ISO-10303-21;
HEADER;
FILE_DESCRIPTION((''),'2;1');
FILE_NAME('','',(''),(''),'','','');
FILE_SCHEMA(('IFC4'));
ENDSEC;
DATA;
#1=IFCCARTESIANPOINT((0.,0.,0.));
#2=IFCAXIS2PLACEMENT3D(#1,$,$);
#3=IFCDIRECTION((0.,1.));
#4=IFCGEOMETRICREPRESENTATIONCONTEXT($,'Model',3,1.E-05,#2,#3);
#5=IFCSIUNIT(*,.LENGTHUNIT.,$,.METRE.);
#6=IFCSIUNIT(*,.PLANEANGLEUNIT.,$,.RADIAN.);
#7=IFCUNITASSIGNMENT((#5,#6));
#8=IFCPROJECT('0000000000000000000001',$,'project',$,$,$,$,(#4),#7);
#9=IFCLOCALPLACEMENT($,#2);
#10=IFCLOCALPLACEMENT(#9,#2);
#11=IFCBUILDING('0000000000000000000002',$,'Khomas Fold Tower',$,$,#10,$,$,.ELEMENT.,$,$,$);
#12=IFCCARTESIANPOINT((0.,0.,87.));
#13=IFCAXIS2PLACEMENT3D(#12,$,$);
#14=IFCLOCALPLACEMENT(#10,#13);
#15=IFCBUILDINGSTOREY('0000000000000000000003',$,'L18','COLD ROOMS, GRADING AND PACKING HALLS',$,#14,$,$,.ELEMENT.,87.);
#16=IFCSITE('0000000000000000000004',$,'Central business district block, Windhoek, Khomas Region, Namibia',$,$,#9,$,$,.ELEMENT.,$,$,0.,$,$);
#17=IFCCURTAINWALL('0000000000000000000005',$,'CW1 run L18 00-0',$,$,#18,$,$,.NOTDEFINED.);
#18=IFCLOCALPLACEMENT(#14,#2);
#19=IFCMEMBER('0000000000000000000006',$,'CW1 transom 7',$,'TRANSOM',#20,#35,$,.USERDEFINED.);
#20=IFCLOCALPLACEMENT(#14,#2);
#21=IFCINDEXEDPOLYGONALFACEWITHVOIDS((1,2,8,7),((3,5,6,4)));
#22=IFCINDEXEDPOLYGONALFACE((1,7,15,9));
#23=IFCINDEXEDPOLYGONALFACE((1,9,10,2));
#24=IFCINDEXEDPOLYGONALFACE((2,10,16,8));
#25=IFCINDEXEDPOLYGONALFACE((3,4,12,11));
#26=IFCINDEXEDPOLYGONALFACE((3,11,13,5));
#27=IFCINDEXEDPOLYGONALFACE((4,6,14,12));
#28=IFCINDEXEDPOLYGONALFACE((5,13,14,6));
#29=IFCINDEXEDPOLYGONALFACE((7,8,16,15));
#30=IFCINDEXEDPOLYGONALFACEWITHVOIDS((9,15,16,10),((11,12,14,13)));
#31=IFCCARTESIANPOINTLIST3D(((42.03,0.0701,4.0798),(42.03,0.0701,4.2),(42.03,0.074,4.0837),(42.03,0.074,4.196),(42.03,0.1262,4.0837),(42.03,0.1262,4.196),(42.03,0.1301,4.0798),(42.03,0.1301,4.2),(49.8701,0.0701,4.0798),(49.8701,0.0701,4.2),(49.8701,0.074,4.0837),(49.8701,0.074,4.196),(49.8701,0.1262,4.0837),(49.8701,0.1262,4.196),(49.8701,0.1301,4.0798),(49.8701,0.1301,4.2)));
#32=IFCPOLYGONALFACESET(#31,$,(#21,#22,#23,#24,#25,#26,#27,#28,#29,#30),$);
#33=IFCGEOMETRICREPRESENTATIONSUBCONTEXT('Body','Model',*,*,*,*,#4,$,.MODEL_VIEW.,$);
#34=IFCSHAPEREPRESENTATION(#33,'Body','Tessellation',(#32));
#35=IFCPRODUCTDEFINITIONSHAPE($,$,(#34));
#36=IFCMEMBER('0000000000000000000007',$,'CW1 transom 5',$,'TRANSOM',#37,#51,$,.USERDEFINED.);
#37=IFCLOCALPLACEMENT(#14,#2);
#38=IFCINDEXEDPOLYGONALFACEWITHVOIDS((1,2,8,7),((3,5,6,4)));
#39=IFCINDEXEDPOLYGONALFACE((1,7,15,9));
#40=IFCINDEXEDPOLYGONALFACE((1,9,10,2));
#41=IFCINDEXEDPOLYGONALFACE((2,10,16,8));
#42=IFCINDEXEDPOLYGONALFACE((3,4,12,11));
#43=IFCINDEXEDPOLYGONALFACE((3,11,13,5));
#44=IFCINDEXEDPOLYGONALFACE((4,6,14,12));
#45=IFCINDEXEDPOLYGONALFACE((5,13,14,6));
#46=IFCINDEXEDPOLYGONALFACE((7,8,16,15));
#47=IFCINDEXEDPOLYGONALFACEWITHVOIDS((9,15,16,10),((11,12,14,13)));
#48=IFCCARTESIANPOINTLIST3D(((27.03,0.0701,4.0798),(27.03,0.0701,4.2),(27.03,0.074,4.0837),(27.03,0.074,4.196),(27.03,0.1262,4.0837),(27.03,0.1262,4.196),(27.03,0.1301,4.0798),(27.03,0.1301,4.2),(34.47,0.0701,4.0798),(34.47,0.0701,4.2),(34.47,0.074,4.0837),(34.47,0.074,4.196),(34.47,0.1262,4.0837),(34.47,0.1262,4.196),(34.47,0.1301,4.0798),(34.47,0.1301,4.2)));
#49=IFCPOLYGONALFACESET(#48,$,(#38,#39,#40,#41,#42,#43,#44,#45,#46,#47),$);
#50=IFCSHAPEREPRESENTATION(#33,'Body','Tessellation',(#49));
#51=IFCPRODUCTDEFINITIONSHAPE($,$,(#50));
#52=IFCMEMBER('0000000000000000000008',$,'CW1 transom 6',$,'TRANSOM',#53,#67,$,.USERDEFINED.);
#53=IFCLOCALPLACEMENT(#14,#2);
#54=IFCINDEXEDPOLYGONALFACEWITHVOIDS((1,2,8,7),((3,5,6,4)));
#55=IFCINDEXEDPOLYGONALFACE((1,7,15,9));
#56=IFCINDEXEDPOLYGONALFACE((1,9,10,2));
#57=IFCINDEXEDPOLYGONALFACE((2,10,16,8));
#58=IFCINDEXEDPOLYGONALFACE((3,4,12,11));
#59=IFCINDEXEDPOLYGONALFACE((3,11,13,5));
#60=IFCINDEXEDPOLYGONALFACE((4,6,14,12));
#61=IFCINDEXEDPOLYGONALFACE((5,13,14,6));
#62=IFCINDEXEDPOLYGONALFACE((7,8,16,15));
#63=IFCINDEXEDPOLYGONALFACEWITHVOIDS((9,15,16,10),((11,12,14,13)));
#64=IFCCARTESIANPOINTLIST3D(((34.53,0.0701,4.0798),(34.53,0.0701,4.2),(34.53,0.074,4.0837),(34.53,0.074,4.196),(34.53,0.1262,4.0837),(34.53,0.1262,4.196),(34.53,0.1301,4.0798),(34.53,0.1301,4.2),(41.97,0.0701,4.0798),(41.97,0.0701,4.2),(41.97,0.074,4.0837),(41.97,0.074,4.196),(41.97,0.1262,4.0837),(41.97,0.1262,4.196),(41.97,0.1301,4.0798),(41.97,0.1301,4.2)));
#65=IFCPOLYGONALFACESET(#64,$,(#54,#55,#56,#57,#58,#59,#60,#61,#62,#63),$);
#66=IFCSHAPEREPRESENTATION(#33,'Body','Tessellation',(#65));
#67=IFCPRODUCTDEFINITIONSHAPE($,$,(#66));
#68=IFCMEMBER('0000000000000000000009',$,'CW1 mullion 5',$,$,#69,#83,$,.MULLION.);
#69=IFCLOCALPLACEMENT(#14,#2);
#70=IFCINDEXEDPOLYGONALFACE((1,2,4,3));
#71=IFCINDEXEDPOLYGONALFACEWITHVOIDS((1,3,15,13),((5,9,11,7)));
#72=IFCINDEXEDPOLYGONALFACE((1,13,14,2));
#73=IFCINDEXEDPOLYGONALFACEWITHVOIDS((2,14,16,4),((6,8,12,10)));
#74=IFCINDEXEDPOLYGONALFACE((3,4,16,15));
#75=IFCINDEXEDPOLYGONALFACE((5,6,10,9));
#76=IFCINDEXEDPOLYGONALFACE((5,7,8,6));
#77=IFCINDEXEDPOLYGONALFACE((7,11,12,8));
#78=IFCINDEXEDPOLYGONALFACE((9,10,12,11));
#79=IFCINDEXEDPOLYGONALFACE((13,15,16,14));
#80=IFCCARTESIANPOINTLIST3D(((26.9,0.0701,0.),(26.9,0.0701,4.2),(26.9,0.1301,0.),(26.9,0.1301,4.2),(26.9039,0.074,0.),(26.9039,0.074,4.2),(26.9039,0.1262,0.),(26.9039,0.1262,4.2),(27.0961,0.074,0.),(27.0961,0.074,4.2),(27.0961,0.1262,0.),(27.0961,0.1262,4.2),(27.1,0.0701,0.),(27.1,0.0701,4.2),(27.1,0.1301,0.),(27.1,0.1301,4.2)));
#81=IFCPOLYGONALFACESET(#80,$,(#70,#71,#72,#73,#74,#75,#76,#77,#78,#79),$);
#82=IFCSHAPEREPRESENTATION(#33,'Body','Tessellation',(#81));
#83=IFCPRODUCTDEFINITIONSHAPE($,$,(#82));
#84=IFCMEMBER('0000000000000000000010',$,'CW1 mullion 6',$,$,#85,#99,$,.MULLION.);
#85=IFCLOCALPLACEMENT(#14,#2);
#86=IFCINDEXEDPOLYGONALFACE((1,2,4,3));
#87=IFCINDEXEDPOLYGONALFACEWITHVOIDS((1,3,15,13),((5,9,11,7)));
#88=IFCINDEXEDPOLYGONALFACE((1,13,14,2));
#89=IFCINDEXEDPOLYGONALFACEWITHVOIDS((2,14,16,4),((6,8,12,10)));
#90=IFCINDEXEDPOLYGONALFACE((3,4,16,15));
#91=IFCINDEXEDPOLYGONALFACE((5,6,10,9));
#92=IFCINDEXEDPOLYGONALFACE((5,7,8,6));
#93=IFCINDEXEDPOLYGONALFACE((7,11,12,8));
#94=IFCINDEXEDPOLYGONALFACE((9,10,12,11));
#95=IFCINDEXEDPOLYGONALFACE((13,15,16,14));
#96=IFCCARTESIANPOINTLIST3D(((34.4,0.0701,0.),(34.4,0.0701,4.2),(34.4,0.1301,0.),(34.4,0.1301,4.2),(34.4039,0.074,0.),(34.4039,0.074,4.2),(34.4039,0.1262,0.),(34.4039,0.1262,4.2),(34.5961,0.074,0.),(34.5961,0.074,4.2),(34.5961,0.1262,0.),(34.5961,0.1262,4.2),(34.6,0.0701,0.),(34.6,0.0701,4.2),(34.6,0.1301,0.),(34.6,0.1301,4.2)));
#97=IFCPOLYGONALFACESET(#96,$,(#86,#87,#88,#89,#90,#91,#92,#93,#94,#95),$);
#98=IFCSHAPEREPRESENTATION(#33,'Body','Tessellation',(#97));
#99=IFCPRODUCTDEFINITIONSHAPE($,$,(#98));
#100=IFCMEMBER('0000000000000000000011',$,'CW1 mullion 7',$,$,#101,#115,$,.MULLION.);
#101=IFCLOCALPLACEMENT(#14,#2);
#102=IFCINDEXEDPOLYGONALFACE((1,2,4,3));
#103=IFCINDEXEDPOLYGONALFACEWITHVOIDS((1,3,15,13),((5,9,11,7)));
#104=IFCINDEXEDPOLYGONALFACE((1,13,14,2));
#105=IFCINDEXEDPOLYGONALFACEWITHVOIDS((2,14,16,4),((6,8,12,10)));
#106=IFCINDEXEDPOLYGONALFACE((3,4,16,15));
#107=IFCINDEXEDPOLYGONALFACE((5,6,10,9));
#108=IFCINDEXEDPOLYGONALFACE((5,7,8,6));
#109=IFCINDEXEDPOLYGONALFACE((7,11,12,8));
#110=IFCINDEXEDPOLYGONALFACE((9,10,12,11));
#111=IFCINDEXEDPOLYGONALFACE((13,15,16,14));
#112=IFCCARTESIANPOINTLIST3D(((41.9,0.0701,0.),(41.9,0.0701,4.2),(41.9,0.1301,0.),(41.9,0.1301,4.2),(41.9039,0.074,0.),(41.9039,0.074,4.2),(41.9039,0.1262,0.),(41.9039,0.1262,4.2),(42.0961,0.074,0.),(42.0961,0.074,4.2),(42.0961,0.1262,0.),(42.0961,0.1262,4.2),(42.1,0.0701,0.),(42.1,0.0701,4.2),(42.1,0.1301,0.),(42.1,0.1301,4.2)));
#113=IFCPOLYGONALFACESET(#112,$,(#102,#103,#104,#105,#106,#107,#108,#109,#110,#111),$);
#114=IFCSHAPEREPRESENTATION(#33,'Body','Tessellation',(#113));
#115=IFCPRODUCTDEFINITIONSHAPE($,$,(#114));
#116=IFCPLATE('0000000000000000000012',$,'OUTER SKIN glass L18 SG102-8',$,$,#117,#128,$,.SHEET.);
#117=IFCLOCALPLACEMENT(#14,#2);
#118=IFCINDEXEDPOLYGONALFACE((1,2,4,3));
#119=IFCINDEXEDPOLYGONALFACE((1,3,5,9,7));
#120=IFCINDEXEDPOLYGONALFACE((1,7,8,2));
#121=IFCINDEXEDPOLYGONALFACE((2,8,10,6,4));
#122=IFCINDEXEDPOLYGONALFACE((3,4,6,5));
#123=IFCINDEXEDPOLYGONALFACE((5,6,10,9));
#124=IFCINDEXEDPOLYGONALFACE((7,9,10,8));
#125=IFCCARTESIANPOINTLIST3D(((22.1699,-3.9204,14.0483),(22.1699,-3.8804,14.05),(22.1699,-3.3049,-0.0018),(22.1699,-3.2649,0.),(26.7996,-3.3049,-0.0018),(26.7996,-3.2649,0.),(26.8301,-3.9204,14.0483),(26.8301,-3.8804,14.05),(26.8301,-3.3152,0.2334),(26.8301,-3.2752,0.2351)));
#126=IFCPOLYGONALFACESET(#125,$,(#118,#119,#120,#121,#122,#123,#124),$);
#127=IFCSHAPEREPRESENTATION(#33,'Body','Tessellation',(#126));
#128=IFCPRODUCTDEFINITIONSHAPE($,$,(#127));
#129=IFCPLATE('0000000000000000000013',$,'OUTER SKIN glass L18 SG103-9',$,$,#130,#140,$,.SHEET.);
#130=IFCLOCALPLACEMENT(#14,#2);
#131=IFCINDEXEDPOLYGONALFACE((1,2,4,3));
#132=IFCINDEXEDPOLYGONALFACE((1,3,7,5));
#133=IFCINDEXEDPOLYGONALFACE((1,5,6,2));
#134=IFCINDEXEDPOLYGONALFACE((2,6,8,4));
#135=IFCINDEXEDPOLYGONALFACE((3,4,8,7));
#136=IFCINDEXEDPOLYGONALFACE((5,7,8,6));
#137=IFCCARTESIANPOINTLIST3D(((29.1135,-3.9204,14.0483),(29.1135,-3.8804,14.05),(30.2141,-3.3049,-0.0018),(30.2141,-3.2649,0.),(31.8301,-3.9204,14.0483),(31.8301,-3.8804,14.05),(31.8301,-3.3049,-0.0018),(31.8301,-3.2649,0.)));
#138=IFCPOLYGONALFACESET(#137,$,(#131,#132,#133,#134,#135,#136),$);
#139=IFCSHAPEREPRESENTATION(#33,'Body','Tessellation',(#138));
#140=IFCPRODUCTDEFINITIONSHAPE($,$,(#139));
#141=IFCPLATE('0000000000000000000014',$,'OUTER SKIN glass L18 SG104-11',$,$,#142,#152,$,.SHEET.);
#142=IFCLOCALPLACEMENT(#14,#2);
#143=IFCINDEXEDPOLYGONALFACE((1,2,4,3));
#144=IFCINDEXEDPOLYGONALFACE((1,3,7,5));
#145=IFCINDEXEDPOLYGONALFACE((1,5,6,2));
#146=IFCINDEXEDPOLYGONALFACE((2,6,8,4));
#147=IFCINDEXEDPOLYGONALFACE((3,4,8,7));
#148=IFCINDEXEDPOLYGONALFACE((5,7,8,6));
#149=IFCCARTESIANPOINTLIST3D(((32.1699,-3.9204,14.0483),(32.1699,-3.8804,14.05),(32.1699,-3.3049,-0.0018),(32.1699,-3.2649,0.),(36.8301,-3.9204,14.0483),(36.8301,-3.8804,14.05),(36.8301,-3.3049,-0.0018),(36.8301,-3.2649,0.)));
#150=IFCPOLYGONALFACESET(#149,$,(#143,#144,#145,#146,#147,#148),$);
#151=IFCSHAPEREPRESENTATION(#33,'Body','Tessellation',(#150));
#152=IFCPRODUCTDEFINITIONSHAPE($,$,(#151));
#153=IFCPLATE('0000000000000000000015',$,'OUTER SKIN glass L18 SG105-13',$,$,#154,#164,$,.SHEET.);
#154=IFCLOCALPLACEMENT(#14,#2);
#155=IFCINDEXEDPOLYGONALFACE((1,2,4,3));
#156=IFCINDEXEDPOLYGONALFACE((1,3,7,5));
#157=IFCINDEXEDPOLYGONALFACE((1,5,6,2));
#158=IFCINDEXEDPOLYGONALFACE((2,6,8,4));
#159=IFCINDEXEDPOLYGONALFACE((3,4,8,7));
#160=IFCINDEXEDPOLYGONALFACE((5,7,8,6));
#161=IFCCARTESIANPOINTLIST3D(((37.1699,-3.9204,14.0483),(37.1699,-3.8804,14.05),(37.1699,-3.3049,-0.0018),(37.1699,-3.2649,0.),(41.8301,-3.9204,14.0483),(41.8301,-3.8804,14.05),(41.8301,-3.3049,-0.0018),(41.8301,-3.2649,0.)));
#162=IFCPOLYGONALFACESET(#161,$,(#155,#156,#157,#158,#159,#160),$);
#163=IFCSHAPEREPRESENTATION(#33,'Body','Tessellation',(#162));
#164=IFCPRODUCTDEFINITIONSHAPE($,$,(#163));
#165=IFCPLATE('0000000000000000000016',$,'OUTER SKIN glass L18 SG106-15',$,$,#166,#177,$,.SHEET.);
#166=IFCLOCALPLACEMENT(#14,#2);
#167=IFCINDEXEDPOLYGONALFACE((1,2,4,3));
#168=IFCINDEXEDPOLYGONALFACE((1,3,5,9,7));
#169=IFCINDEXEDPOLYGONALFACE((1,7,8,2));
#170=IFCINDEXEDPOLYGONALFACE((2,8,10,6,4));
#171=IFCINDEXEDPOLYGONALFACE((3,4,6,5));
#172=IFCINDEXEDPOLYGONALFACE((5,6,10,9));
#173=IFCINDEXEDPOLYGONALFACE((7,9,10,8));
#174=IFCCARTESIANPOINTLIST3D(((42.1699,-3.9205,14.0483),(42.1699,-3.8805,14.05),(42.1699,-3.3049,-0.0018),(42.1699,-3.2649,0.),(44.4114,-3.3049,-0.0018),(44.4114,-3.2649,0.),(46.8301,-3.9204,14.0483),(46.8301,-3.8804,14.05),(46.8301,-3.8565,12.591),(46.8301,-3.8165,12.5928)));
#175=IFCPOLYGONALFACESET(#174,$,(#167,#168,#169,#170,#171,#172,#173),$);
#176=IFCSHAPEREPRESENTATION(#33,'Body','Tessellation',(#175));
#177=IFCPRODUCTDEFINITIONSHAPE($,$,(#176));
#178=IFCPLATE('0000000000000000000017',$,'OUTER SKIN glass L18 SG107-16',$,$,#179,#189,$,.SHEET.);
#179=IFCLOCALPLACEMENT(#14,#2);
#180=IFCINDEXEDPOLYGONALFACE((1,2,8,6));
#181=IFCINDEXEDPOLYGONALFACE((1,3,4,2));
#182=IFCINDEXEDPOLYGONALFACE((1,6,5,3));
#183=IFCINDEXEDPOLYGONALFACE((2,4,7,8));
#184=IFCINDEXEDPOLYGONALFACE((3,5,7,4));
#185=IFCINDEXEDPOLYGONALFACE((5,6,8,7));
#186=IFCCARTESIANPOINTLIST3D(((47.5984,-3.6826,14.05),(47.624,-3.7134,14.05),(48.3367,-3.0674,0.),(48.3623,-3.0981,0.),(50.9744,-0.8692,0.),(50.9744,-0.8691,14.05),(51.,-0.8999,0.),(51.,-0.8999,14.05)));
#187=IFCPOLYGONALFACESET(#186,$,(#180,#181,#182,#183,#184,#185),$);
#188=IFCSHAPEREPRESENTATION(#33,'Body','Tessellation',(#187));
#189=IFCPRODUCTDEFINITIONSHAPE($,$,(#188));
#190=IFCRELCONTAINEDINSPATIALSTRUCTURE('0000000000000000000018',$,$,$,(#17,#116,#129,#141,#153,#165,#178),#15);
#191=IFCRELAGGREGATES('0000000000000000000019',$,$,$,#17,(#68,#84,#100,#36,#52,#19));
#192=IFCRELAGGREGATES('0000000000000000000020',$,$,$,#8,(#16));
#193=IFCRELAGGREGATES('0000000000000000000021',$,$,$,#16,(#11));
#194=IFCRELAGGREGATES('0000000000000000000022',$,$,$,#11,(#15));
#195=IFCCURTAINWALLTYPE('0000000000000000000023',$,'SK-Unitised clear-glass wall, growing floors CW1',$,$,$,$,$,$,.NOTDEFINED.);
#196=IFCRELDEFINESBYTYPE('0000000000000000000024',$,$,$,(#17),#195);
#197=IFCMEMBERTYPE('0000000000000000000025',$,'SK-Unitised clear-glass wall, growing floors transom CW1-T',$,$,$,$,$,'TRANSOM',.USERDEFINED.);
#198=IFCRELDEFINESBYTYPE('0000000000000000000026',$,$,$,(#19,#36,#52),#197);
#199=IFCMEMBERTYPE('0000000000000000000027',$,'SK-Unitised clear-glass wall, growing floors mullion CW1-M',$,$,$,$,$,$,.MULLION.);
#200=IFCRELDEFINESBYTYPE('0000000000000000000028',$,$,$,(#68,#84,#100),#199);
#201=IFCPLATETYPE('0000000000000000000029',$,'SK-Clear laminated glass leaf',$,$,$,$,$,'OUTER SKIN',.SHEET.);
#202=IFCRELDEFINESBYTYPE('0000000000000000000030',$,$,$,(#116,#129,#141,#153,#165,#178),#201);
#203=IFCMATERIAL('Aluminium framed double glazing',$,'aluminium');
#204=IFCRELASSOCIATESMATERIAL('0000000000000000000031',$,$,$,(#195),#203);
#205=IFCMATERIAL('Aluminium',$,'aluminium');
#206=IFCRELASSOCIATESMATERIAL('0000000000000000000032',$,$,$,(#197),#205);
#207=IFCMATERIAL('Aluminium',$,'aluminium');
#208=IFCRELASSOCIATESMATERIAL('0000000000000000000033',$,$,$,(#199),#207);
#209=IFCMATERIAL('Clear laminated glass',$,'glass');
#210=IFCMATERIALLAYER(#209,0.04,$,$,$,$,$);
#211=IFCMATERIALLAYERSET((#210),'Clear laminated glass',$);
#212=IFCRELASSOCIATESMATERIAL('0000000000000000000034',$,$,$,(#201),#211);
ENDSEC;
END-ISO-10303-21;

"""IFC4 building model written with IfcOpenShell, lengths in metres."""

from ifc_helpers import new_model, si_unit, direction, frame, origin, origin_2d, place, context, subcontext, project, spatial, polyline, hollow_rectangle, outline, extrude, source, transform, mapped, material, layer, layer_set, material_profile, profile_set, type_object, element, aggregate, save


model = new_model("IFC4")

# Units and contexts
model_context = context("Model", 3, precision=1e-05, world=origin(), true_north=direction((0.0, 1.0)))
body_context = subcontext(model_context, "Body", "Model", "MODEL_VIEW")
ifc_project = project(units=[si_unit("LENGTHUNIT", "METRE"), si_unit("PLANEANGLEUNIT", "RADIAN")], contexts=[model_context])

# Site, building, storey
site_placement = place(None, origin())
site = spatial("IfcSite", under=ifc_project, at=site_placement, Name="Central business district block, Windhoek, Khomas Region, Namibia", CompositionType="ELEMENT", RefElevation=0.0)
building_placement = place(site_placement, origin())
building = spatial("IfcBuilding", under=site, at=building_placement, Name="Khomas Fold Tower", CompositionType="ELEMENT")
storey_placement = place(building_placement, frame((0.0, 0.0, 87.0)))
storey = spatial("IfcBuildingStorey", under=building, at=storey_placement, Name="L18", Description="COLD ROOMS, GRADING AND PACKING HALLS", CompositionType="ELEMENT", Elevation=87.0)

# Curtain wall, members
ifc_material_1 = material(Name="Aluminium framed double glazing", Category="aluminium")
curtain_wall_type = type_object("IfcCurtainWallType", Name="SK-Unitised clear-glass wall, growing floors CW1", PredefinedType="NOTDEFINED", material=ifc_material_1)
curtain_wall_placement = place(storey_placement, origin())
curtain_wall = element("IfcCurtainWall", 1, at=curtain_wall_placement, inside=storey, type_object=curtain_wall_type, Name="CW1 run L18 00-0", PredefinedType="NOTDEFINED")
ifc_material_2 = material(Name="Aluminium", Category="aluminium")
ifc_material_profile_1 = material_profile(ifc_material_2, hollow_rectangle(XDim=0.0601, YDim=0.1201, WallThickness=0.0039, at=origin_2d()), Name="SK-Unitised clear-glass wall, growing floors transom CW1-T")
ifc_profile_set_1 = profile_set([ifc_material_profile_1], Name="Aluminium")
member_type_1 = type_object("IfcMemberType", Name="SK-Unitised clear-glass wall, growing floors transom CW1-T", ElementType="TRANSOM", PredefinedType="USERDEFINED", material=ifc_profile_set_1)
shared_shape_1 = source(origin(), body_context, "Body", "SweptSolid", [
    extrude(hollow_rectangle(XDim=0.0601, YDim=0.1201, WallThickness=0.0039, at=origin_2d()), origin(), (0.0, 0.0, 1.0), 7.8401),
])
member_1_placement = place(storey_placement, frame((42.03, 0.1001, 4.1399), z_axis=(1.0, 0.0, 0.0), x_axis=(0.0, 1.0, 0.0)))
member_1 = element("IfcMember", 2, at=member_1_placement, type_object=member_type_1, Name="CW1 transom 7", ObjectType="TRANSOM", PredefinedType="USERDEFINED", context=body_context, shape_type="MappedRepresentation", body=[
    mapped(shared_shape_1, transform((0.0, 0.0, 0.0))),
])
shared_shape_2 = source(origin(), body_context, "Body", "SweptSolid", [
    extrude(hollow_rectangle(XDim=0.0601, YDim=0.1201, WallThickness=0.0039, at=origin_2d()), origin(), (0.0, 0.0, 1.0), 7.4399),
])
member_2_placement = place(storey_placement, frame((27.03, 0.1001, 4.1399), z_axis=(1.0, 0.0, 0.0), x_axis=(0.0, 1.0, 0.0)))
member_2 = element("IfcMember", 3, at=member_2_placement, type_object=member_type_1, Name="CW1 transom 5", ObjectType="TRANSOM", PredefinedType="USERDEFINED", context=body_context, shape_type="MappedRepresentation", body=[
    mapped(shared_shape_2, transform((0.0, 0.0, 0.0))),
])
member_3_placement = place(storey_placement, frame((34.53, 0.1001, 4.1399), z_axis=(1.0, 0.0, 0.0), x_axis=(0.0, 1.0, 0.0)))
member_3 = element("IfcMember", 4, at=member_3_placement, type_object=member_type_1, Name="CW1 transom 6", ObjectType="TRANSOM", PredefinedType="USERDEFINED", context=body_context, shape_type="MappedRepresentation", body=[
    mapped(shared_shape_2, transform((0.0, 0.0, 0.0))),
])
ifc_material_3 = material(Name="Aluminium", Category="aluminium")
ifc_material_profile_2 = material_profile(ifc_material_3, hollow_rectangle(XDim=0.0601, YDim=0.2, WallThickness=0.0039, at=origin_2d()), Name="SK-Unitised clear-glass wall, growing floors mullion CW1-M")
ifc_profile_set_2 = profile_set([ifc_material_profile_2], Name="Aluminium")
member_type_2 = type_object("IfcMemberType", Name="SK-Unitised clear-glass wall, growing floors mullion CW1-M", PredefinedType="MULLION", material=ifc_profile_set_2)
shared_shape_3 = source(origin(), body_context, "Body", "SweptSolid", [
    extrude(hollow_rectangle(XDim=0.0601, YDim=0.2, WallThickness=0.0039, at=origin_2d()), origin(), (0.0, 0.0, 1.0), 4.2),
])
member_4_placement = place(storey_placement, frame((27.0, 0.1001, 0.0), z_axis=(0.0, 0.0, 1.0), x_axis=(0.0, 1.0, 0.0)))
member_4 = element("IfcMember", 5, at=member_4_placement, type_object=member_type_2, Name="CW1 mullion 5", PredefinedType="MULLION", context=body_context, shape_type="MappedRepresentation", body=[
    mapped(shared_shape_3, transform((0.0, 0.0, 0.0))),
])
member_5_placement = place(storey_placement, frame((34.5, 0.1001, 0.0), z_axis=(0.0, 0.0, 1.0), x_axis=(0.0, 1.0, 0.0)))
member_5 = element("IfcMember", 6, at=member_5_placement, type_object=member_type_2, Name="CW1 mullion 6", PredefinedType="MULLION", context=body_context, shape_type="MappedRepresentation", body=[
    mapped(shared_shape_3, transform((0.0, 0.0, 0.0))),
])
member_6_placement = place(storey_placement, frame((42.0, 0.1001, 0.0), z_axis=(0.0, 0.0, 1.0), x_axis=(0.0, 1.0, 0.0)))
member_6 = element("IfcMember", 7, at=member_6_placement, type_object=member_type_2, Name="CW1 mullion 7", PredefinedType="MULLION", context=body_context, shape_type="MappedRepresentation", body=[
    mapped(shared_shape_3, transform((0.0, 0.0, 0.0))),
])

# Plates
ifc_material_4 = material(Name="Clear laminated glass", Category="glass")
ifc_layer_1 = layer(ifc_material_4, 0.04)
ifc_layer_set_1 = layer_set([ifc_layer_1], Name="Clear laminated glass")
plate_type_1 = type_object("IfcPlateType", Name="SK-Clear laminated glass leaf", ElementType="OUTER SKIN", PredefinedType="SHEET", material=ifc_layer_set_1)
plate_1_placement = place(storey_placement, frame((26.7996, -3.2649, 0.0), z_axis=(-0.000005, 0.999042, 0.043764), x_axis=(-1.0, -0.000005, 0.0)))
element("IfcPlate", 8, at=plate_1_placement, inside=storey, type_object=plate_type_1, Name="OUTER SKIN glass L18 SG102-8", PredefinedType="SHEET", context=body_context, shape_type="SweptSolid", body=[
    extrude(outline(polyline([(0.0, 0.0), (4.6296, 0.0), (4.6296, 14.0635), (-0.0305, 14.0635), (-0.0305, 0.2353), (0.0, 0.0)])), origin(), (0.0, 0.0, -1.0), 0.04),
])
plate_2_placement = place(storey_placement, frame((30.2141, -3.2649, 0.0), z_axis=(0.0, 0.999042, 0.043764), x_axis=(-0.07802, -0.043631, 0.995997)))
element("IfcPlate", 9, at=plate_2_placement, inside=storey, type_object=plate_type_1, Name="OUTER SKIN glass L18 SG103-9", PredefinedType="SHEET", context=body_context, shape_type="SweptSolid", body=[
    extrude(outline(polyline([(0.0, 0.0), (14.1065, 0.0), (13.8946, 2.7083), (-0.1261, 1.611), (0.0, 0.0)])), origin(), (0.0, 0.0, -1.0), 0.04),
])
for number, where, z_axis, x_axis, name in (
    (10, (32.1699, -3.2649, 0.0), (0.0, 0.999042, 0.043764), (0.0, -0.043764, 0.999042), "OUTER SKIN glass L18 SG104-11"),
    (11, (37.1699, -3.2649, 0.0), (0.0, 0.999042, 0.043764), (0.0, -0.043764, 0.999042), "OUTER SKIN glass L18 SG105-13"),
):
    element("IfcPlate", number, at=place(storey_placement, frame(where, z_axis=z_axis, x_axis=x_axis)), inside=storey, type_object=plate_type_1, Name=name, PredefinedType="SHEET", context=body_context, shape_type="SweptSolid", body=[
        extrude(outline(polyline([(0.0, 0.0), (14.0635, 0.0), (14.0635, 4.6602), (0.0, 4.6602), (0.0, 0.0)])), origin(), (0.0, 0.0, -1.0), 0.04),
    ])
plate_3_placement = place(storey_placement, frame((44.4114, -3.2649, 0.0), z_axis=(-0.000018, 0.999042, 0.043767), x_axis=(-1.0, -0.000018, -0.000001)))
element("IfcPlate", 12, at=plate_3_placement, inside=storey, type_object=plate_type_1, Name="OUTER SKIN glass L18 SG106-15", PredefinedType="SHEET", context=body_context, shape_type="SweptSolid", body=[
    extrude(outline(polyline([(0.0, 0.0), (2.2415, 0.0), (2.2415, 14.0635), (-2.4187, 14.0635), (-2.4187, 12.6048), (0.0, 0.0)])), origin(), (0.0, 0.0, -1.0), 0.04),
])
plate_4_placement = place(storey_placement, frame((48.3623, -3.0981, 0.0), z_axis=(0.640209, -0.768201, 0.000001), x_axis=(-0.052423, -0.043688, 0.997669)))
element("IfcPlate", 13, at=plate_4_placement, inside=storey, type_object=plate_type_1, Name="OUTER SKIN glass L18 SG107-16", PredefinedType="SHEET", context=body_context, shape_type="SweptSolid", body=[
    extrude(outline(polyline([(0.0, 0.0), (14.0829, 0.0), (13.783, -4.3844), (-0.2343, -3.4256), (0.0, 0.0)])), origin(), (0.0, 0.0, -1.0), 0.04),
])

aggregate(curtain_wall, [member_4, member_5, member_6, member_2, member_3, member_1])

save(model, "model.ifc")
